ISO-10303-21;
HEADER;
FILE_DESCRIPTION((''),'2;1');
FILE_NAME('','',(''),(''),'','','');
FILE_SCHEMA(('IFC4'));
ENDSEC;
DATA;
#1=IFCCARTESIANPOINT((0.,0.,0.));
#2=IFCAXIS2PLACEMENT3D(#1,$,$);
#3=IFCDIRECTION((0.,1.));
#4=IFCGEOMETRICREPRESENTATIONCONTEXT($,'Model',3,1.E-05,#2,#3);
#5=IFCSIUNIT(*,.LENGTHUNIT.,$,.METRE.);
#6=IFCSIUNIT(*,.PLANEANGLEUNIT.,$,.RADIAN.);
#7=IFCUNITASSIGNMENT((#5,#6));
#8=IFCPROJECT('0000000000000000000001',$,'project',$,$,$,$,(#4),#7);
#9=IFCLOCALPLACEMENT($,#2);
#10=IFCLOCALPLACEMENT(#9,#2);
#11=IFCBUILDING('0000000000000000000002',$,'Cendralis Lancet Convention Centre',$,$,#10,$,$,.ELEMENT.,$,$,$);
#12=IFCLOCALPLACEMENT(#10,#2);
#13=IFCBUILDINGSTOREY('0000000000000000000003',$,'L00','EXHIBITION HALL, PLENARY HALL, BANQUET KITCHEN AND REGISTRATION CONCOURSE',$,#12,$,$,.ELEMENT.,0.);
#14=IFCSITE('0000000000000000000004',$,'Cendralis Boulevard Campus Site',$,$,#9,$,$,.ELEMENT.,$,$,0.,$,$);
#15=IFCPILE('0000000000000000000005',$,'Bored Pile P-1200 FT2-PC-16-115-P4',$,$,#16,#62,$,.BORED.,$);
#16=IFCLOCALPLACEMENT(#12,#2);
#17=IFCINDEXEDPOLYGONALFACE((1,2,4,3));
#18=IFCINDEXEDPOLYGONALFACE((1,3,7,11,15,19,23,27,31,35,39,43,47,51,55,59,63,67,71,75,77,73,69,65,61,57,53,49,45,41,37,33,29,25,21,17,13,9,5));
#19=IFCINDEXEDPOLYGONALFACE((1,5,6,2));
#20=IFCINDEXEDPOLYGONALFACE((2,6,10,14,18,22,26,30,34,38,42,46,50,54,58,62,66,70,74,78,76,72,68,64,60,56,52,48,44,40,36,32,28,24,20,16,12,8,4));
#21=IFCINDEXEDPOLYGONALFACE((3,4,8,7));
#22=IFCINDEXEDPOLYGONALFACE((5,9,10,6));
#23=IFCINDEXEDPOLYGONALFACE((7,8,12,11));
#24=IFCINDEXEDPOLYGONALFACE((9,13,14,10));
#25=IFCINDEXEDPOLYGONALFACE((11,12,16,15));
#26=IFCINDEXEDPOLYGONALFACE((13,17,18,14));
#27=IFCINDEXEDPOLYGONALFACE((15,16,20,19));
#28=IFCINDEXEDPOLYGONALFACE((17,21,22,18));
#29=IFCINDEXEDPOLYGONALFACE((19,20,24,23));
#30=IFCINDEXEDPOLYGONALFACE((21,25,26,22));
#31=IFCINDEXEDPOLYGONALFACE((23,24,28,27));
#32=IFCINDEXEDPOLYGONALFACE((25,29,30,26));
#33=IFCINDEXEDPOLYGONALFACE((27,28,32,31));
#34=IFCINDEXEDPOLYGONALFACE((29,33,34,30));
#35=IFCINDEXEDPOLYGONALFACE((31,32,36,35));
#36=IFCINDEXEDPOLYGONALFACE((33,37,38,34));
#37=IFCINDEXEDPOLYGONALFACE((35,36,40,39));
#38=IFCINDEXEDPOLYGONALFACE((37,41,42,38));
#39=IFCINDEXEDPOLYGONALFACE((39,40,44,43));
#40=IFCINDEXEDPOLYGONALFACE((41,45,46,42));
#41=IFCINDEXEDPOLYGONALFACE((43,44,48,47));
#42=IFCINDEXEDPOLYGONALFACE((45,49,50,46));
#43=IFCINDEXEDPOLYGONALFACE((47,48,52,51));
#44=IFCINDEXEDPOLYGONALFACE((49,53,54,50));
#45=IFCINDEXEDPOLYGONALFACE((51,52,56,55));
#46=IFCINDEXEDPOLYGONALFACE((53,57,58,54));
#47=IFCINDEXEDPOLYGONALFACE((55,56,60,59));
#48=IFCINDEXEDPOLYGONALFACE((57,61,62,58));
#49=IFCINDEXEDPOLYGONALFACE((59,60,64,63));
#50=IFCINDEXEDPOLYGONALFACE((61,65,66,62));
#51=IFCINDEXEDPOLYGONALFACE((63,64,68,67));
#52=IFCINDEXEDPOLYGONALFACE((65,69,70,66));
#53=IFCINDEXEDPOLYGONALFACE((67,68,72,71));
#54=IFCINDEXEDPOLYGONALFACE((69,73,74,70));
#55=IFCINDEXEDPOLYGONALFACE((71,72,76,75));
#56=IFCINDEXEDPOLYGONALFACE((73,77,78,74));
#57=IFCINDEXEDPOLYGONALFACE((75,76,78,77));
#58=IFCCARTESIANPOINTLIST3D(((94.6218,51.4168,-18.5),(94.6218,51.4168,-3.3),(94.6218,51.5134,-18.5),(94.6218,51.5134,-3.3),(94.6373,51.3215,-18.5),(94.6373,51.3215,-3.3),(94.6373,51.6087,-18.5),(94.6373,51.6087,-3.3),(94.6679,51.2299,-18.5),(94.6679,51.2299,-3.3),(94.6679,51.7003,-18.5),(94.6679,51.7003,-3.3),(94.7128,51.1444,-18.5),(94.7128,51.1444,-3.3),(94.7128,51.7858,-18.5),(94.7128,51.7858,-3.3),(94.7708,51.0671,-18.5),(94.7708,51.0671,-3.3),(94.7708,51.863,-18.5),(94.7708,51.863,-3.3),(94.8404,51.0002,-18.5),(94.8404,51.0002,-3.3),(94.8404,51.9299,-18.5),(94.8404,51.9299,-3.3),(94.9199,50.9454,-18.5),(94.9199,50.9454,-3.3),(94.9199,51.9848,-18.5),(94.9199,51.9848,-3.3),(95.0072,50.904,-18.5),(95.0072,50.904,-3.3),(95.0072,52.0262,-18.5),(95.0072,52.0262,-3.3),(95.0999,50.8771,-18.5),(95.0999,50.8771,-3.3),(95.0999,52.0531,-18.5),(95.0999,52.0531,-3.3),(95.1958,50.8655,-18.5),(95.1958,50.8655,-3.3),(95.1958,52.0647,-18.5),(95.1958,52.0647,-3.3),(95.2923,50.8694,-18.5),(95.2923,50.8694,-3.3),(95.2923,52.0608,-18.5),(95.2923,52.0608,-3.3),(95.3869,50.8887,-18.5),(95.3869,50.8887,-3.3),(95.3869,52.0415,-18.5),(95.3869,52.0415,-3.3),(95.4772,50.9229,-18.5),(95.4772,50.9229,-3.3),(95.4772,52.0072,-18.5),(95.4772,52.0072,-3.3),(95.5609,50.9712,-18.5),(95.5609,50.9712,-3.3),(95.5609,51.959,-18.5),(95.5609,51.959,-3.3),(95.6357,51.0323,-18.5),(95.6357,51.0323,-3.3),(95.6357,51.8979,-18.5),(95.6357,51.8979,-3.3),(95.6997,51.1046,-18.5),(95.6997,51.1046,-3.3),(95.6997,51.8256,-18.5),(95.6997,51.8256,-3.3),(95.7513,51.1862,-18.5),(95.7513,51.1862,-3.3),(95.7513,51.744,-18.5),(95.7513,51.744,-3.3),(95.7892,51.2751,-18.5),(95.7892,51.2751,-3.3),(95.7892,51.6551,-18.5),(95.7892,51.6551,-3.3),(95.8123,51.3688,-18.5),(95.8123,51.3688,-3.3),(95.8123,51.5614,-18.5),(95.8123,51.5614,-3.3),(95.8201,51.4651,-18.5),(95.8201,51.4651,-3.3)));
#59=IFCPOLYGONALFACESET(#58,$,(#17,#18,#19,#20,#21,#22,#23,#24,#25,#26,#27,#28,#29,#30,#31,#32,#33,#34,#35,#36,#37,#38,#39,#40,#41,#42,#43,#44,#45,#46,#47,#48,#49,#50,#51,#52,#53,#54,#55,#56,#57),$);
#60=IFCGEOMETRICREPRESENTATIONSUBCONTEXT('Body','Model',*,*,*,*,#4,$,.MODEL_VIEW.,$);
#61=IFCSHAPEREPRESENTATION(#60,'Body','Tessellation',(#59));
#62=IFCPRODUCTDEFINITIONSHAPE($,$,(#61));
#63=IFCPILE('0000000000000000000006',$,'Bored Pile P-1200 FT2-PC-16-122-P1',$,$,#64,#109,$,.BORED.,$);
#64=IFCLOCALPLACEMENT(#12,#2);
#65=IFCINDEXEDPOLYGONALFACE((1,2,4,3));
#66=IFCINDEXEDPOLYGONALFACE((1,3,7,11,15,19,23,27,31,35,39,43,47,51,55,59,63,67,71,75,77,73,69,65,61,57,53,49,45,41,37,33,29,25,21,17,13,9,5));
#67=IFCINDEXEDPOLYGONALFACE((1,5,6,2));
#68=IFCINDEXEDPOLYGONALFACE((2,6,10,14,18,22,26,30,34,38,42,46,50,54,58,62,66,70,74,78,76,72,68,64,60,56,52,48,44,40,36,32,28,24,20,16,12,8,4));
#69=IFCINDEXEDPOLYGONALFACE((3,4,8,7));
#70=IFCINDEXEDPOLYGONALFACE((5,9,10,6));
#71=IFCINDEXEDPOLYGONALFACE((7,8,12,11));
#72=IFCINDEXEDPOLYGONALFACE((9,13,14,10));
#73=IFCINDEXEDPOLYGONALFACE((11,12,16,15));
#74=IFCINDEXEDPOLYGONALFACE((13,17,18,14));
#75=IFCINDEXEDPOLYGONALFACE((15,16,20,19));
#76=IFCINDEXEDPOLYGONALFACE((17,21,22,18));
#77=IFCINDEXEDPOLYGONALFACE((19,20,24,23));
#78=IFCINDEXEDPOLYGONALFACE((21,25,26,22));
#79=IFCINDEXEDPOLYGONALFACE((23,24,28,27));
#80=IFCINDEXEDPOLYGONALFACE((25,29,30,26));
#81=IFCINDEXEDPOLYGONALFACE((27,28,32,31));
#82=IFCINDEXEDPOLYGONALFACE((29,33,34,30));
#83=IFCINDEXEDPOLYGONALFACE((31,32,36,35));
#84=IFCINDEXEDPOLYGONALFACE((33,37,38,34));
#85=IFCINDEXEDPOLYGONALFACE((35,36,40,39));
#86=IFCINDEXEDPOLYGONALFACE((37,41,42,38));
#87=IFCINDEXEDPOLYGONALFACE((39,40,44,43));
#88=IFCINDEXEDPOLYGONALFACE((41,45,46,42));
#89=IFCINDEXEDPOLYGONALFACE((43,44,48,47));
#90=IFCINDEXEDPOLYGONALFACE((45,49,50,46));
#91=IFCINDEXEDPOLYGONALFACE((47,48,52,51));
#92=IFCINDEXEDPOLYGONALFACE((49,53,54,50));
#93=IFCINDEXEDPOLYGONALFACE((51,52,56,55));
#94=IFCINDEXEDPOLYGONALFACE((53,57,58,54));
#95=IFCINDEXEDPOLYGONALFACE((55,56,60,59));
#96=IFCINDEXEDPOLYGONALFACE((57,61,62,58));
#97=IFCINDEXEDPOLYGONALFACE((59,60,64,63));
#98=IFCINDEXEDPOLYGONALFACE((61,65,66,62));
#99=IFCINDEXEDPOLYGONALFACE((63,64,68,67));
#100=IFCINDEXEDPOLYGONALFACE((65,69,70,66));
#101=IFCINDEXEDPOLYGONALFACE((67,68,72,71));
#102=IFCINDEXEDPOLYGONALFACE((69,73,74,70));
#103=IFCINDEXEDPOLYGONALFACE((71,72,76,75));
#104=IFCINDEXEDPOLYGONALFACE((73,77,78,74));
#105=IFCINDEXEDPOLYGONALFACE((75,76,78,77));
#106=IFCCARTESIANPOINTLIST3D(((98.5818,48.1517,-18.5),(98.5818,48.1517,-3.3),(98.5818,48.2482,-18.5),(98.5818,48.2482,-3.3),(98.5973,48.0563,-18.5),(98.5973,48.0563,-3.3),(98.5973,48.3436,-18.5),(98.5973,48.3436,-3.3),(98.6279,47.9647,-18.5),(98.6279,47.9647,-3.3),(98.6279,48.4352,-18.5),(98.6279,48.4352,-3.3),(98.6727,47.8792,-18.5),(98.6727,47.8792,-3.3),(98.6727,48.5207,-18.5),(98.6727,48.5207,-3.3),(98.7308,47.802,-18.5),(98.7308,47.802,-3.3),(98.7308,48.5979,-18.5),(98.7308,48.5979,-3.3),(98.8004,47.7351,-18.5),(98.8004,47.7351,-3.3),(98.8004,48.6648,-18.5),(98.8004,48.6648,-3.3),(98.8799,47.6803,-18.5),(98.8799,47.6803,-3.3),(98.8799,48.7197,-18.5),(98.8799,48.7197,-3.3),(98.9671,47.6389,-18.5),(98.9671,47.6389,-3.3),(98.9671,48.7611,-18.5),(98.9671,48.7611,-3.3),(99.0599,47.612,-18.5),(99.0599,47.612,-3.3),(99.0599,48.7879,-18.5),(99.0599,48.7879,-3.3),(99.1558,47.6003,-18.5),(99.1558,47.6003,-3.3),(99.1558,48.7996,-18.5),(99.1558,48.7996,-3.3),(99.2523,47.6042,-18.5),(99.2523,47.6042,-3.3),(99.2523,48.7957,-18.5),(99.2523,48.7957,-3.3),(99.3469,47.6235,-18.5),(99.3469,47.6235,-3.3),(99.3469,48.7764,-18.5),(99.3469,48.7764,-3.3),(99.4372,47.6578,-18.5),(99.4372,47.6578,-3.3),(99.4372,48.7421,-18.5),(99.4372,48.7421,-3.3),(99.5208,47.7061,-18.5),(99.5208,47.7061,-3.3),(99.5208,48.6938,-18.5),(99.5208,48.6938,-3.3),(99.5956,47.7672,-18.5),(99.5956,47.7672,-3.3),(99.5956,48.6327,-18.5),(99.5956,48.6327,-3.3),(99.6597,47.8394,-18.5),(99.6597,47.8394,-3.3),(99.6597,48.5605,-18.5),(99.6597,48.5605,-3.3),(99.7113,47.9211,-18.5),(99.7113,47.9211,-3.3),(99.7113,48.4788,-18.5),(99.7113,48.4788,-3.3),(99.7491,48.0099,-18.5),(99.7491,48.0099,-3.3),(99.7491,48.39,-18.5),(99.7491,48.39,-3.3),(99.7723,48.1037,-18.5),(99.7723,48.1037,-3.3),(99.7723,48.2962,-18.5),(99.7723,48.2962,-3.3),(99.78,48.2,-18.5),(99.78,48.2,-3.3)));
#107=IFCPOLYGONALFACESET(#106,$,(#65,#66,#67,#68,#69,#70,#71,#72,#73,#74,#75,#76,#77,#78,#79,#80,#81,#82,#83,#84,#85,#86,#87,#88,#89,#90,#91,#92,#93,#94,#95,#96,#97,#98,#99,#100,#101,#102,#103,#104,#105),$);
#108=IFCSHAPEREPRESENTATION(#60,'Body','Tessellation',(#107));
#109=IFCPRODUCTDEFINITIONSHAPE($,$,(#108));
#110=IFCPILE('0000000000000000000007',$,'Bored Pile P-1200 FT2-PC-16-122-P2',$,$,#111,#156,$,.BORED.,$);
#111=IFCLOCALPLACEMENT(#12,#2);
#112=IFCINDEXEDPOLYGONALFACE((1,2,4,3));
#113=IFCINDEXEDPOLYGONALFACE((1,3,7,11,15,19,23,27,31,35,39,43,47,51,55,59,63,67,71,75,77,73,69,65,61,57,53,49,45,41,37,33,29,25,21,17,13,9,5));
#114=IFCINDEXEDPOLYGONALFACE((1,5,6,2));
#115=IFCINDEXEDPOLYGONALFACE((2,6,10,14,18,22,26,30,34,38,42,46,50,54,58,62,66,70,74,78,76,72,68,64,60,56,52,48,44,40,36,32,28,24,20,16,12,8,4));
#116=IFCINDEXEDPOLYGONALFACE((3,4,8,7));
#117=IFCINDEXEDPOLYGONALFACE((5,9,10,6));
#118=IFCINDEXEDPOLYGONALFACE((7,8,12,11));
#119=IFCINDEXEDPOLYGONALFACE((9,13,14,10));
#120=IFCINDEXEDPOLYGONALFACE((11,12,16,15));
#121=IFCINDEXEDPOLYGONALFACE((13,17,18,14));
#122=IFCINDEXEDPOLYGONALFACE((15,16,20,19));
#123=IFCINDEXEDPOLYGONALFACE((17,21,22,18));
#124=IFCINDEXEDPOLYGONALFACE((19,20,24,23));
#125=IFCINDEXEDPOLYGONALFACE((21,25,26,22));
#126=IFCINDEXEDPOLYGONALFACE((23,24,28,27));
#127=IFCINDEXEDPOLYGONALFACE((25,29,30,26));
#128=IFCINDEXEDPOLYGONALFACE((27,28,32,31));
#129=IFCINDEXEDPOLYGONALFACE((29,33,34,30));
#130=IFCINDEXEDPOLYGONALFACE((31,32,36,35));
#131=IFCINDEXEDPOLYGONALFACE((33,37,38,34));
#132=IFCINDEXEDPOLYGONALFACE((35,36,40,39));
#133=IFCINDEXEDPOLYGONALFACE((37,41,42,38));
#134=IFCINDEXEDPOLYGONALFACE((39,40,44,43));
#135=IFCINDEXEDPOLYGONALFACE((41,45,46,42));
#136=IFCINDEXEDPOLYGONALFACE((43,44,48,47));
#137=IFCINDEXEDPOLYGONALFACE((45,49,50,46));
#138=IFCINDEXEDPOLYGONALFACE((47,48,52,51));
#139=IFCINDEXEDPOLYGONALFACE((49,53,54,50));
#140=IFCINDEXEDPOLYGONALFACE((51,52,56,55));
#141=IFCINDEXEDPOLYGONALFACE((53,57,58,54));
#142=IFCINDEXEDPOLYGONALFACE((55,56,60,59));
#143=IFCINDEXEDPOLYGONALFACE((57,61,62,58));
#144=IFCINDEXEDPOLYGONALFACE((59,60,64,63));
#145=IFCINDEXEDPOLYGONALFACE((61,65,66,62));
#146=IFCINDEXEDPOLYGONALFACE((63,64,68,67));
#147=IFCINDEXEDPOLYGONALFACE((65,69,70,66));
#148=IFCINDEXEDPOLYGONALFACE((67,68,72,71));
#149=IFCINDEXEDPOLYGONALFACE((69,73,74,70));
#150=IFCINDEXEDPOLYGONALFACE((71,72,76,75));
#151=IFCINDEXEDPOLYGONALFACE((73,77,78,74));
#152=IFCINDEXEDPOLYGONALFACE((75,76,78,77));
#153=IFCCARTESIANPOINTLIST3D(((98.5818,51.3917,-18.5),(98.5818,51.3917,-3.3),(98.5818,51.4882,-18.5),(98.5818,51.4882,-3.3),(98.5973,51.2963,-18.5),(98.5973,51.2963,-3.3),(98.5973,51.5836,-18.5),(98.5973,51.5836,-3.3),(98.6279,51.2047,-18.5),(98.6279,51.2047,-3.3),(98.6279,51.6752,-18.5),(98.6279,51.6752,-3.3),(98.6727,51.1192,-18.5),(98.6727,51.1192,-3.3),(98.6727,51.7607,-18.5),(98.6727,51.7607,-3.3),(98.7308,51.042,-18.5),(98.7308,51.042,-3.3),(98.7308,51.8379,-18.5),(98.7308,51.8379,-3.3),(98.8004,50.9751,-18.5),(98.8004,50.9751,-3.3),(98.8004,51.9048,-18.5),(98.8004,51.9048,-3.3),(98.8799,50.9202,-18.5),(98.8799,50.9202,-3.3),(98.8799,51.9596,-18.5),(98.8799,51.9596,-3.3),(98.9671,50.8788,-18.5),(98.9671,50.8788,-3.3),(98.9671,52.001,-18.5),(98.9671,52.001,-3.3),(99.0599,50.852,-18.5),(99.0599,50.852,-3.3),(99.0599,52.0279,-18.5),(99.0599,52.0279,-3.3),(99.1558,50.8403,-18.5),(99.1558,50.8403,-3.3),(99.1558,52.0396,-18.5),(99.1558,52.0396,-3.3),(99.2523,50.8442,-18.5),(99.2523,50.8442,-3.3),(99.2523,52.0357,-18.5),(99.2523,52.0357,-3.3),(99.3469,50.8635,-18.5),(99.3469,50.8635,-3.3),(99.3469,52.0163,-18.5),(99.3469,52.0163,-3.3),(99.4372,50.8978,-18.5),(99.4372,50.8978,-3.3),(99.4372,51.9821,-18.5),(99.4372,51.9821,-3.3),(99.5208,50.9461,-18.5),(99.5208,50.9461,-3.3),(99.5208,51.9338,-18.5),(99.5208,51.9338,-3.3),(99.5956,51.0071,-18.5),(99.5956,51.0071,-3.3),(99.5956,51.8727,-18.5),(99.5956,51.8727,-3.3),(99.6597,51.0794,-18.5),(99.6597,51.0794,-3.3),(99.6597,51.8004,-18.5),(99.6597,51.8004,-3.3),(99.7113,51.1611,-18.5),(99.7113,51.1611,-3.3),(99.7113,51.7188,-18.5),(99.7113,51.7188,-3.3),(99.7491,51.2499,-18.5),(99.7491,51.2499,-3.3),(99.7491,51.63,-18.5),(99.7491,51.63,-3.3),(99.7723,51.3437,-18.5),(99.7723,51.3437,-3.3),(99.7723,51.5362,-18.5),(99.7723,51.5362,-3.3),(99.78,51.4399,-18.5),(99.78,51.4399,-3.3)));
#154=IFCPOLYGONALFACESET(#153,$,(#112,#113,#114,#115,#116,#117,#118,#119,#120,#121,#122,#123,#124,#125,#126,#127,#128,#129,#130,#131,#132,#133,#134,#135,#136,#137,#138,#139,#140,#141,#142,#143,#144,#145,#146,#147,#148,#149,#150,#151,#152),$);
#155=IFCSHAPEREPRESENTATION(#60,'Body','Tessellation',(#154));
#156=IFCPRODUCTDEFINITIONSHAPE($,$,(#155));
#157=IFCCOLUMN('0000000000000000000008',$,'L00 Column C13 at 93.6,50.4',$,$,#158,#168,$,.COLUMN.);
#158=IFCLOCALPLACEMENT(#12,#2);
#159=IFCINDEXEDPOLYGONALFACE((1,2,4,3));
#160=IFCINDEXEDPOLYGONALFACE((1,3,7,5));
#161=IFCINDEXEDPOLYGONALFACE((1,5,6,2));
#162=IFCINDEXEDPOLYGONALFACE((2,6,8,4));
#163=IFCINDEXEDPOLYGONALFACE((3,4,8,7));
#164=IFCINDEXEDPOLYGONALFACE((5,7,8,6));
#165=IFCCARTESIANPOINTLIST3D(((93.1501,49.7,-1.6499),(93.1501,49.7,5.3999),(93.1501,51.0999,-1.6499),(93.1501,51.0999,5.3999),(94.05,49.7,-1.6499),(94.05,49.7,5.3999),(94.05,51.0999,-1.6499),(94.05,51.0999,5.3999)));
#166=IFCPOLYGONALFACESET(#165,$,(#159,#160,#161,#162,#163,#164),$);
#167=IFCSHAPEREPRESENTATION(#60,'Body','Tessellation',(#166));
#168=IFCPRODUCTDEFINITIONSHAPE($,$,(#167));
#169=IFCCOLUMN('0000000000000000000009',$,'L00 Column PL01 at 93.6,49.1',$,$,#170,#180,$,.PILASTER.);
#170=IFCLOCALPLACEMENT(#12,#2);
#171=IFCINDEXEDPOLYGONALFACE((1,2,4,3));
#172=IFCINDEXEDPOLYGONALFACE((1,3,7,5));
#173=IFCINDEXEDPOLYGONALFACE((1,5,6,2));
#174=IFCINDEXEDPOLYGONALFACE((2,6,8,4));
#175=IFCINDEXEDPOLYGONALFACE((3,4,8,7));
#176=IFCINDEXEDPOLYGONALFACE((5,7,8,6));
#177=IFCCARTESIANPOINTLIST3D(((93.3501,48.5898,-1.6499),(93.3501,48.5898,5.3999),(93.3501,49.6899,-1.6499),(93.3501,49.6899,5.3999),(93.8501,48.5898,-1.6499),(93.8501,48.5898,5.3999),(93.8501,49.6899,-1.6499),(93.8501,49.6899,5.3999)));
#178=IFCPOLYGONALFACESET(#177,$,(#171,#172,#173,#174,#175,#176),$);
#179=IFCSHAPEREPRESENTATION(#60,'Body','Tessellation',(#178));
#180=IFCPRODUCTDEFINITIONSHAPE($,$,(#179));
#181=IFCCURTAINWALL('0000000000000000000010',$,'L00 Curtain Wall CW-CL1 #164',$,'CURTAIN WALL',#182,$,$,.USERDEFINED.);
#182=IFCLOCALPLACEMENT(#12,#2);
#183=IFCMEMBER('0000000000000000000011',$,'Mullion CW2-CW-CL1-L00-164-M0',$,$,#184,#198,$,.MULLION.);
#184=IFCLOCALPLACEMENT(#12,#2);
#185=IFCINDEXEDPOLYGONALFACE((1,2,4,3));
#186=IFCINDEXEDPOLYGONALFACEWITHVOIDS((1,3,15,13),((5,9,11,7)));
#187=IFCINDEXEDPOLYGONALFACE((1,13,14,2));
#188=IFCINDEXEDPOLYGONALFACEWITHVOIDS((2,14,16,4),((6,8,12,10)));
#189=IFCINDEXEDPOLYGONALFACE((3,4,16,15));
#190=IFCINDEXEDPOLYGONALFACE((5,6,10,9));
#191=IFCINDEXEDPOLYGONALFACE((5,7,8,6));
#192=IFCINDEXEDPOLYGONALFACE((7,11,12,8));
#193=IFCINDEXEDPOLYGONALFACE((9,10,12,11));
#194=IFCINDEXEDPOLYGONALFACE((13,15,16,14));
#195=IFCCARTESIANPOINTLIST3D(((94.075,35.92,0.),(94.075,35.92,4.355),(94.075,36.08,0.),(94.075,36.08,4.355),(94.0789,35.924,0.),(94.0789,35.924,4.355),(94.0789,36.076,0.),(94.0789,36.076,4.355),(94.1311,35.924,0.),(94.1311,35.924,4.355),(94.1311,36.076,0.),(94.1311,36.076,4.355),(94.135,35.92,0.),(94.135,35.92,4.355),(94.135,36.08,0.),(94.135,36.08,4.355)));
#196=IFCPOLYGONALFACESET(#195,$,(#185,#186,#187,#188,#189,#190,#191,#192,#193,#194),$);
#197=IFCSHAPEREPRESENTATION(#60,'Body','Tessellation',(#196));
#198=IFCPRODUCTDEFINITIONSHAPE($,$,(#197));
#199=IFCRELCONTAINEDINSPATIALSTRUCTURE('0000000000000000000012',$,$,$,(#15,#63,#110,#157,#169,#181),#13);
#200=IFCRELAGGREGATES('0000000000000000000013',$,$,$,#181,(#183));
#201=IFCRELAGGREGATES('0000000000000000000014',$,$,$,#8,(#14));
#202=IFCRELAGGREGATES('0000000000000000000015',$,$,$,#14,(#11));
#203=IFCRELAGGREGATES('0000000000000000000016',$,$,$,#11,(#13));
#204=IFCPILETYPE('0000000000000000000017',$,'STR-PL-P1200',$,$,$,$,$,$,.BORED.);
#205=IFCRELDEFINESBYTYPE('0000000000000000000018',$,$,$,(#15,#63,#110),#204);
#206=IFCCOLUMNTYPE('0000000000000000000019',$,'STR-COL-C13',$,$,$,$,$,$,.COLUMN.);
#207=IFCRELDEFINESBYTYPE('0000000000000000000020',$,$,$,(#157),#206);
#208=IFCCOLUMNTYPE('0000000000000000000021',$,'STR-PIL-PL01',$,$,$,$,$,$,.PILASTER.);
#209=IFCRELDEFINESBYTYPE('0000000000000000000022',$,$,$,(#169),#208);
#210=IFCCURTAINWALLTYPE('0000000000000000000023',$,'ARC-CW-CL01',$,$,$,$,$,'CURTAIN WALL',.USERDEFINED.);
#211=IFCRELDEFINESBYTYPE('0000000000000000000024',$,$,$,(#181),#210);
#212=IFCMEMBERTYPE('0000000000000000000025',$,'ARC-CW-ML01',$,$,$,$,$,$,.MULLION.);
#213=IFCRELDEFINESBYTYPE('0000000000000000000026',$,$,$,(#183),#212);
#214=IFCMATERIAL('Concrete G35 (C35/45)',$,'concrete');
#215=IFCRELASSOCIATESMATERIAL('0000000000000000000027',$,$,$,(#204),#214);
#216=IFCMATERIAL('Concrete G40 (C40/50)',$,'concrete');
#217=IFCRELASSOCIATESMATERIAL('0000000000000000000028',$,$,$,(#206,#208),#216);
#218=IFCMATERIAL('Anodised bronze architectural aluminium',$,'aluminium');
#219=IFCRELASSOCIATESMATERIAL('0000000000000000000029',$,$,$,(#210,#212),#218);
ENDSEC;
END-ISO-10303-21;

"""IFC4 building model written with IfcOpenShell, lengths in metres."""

from ifc_helpers import new_model, si_unit, direction, frame, origin, origin_2d, place, context, subcontext, project, spatial, rectangle, hollow_rectangle, circle, extrude, material, material_profile, profile_set, type_object, element, aggregate, save


model = new_model("IFC4")

# Units and contexts
model_context = context("Model", 3, precision=1e-05, world=origin(), true_north=direction((0.0, 1.0)))
body_context = subcontext(model_context, "Body", "Model", "MODEL_VIEW")
ifc_project = project(units=[si_unit("LENGTHUNIT", "METRE"), si_unit("PLANEANGLEUNIT", "RADIAN")], contexts=[model_context])

# Site, building, storey
site_placement = place(None, origin())
site = spatial("IfcSite", under=ifc_project, at=site_placement, Name="Cendralis Boulevard Campus Site", CompositionType="ELEMENT", RefElevation=0.0)
building_placement = place(site_placement, origin())
building = spatial("IfcBuilding", under=site, at=building_placement, Name="Cendralis Lancet Convention Centre", CompositionType="ELEMENT")
storey_placement = place(building_placement, origin())
storey = spatial("IfcBuildingStorey", under=building, at=storey_placement, Name="L00", Description="EXHIBITION HALL, PLENARY HALL, BANQUET KITCHEN AND REGISTRATION CONCOURSE", CompositionType="ELEMENT", Elevation=0.0)

# Shared definitions
ifc_material_1 = material(Name="Concrete G35 (C35/45)", Category="concrete")

# Piles
ifc_material_profile_1 = material_profile(ifc_material_1, circle(Radius=0.6001, at=origin_2d()), Name="BORED PILE D1200")
ifc_profile_set_1 = profile_set([ifc_material_profile_1], Name="Concrete G35 (C35/45)")
pile_type = type_object("IfcPileType", Name="STR-PL-P1200", PredefinedType="BORED", material=ifc_profile_set_1)
for number, where, z_axis, x_axis, name in (
    (1, (95.22, 51.4651, -3.3), (0.0, 0.0, -1.0), (1.0, 0.0, 0.0), "Bored Pile P-1200 FT2-PC-16-115-P4"),
    (2, (99.1799, 48.2, -3.3), (0.0, 0.0, -1.0), (1.0, 0.0, 0.0), "Bored Pile P-1200 FT2-PC-16-122-P1"),
    (3, (99.1799, 51.4399, -3.3), (0.0, 0.0, -1.0), (1.0, 0.0, 0.0), "Bored Pile P-1200 FT2-PC-16-122-P2"),
):
    element("IfcPile", number, at=place(storey_placement, frame(where, z_axis=z_axis, x_axis=x_axis)), inside=storey, type_object=pile_type, Name=name, PredefinedType="BORED", context=body_context, shape_type="SweptSolid", body=[
        extrude(circle(Radius=0.6001, at=origin_2d()), origin(), (0.0, 0.0, 1.0), 15.2),
    ])

# Columns
ifc_material_2 = material(Name="Concrete G40 (C40/50)", Category="concrete")
ifc_material_profile_2 = material_profile(ifc_material_2, rectangle(XDim=0.8999, YDim=1.3999, at=origin_2d()), Name="RC 900x1400")
ifc_profile_set_2 = profile_set([ifc_material_profile_2], Name="Concrete G40 (C40/50)")
column_type_1 = type_object("IfcColumnType", Name="STR-COL-C13", PredefinedType="COLUMN", material=ifc_profile_set_2)
column_1_placement = place(storey_placement, frame((93.6001, 50.3999, -1.6499), z_axis=(0.0, 0.0, 1.0), x_axis=(1.0, 0.0, 0.0)))
element("IfcColumn", 4, at=column_1_placement, inside=storey, type_object=column_type_1, Name="L00 Column C13 at 93.6,50.4", PredefinedType="COLUMN", context=body_context, shape_type="SweptSolid", body=[
    extrude(rectangle(XDim=0.8999, YDim=1.3999, at=origin_2d()), origin(), (0.0, 0.0, 1.0), 7.0498),
])
ifc_material_profile_3 = material_profile(ifc_material_2, rectangle(XDim=0.5, YDim=1.1001, at=origin_2d()), Name="RC 500x1100")
ifc_profile_set_3 = profile_set([ifc_material_profile_3], Name="Concrete G40 (C40/50)")
column_type_2 = type_object("IfcColumnType", Name="STR-PIL-PL01", PredefinedType="PILASTER", material=ifc_profile_set_3)
column_2_placement = place(storey_placement, frame((93.6001, 49.1399, -1.6499), z_axis=(0.0, 0.0, 1.0), x_axis=(1.0, 0.0, 0.0)))
element("IfcColumn", 5, at=column_2_placement, inside=storey, type_object=column_type_2, Name="L00 Column PL01 at 93.6,49.1", PredefinedType="PILASTER", context=body_context, shape_type="SweptSolid", body=[
    extrude(rectangle(XDim=0.5, YDim=1.1001, at=origin_2d()), origin(), (0.0, 0.0, 1.0), 7.0498),
])

# Curtain wall, member
ifc_material_3 = material(Name="Anodised bronze architectural aluminium", Category="aluminium")
curtain_wall_type = type_object("IfcCurtainWallType", Name="ARC-CW-CL01", ElementType="CURTAIN WALL", PredefinedType="USERDEFINED", material=ifc_material_3)
curtain_wall_1_placement = place(storey_placement, origin())
curtain_wall_1 = element("IfcCurtainWall", 6, at=curtain_wall_1_placement, inside=storey, type_object=curtain_wall_type, Name="L00 Curtain Wall CW-CL1 #164", ObjectType="CURTAIN WALL", PredefinedType="USERDEFINED")
ifc_material_profile_4 = material_profile(ifc_material_3, hollow_rectangle(XDim=0.0601, YDim=0.1599, WallThickness=0.0039, at=origin_2d()), Name="AL-MULL 60x160x4.0")
ifc_profile_set_4 = profile_set([ifc_material_profile_4], Name="Anodised bronze architectural aluminium")
member_type_1 = type_object("IfcMemberType", Name="ARC-CW-ML01", PredefinedType="MULLION", material=ifc_profile_set_4)
member_1_placement = place(storey_placement, frame((94.105, 36.0, 0.0), z_axis=(0.0, 0.0, 1.0), x_axis=(1.0, 0.0, 0.0)))
member_1 = element("IfcMember", 7, at=member_1_placement, type_object=member_type_1, Name="Mullion CW2-CW-CL1-L00-164-M0", PredefinedType="MULLION", context=body_context, shape_type="SweptSolid", body=[
    extrude(hollow_rectangle(XDim=0.0601, YDim=0.1599, WallThickness=0.0039, at=origin_2d()), origin(), (0.0, 0.0, 1.0), 4.355),
])

aggregate(curtain_wall_1, [member_1])

save(model, "model.ifc")
